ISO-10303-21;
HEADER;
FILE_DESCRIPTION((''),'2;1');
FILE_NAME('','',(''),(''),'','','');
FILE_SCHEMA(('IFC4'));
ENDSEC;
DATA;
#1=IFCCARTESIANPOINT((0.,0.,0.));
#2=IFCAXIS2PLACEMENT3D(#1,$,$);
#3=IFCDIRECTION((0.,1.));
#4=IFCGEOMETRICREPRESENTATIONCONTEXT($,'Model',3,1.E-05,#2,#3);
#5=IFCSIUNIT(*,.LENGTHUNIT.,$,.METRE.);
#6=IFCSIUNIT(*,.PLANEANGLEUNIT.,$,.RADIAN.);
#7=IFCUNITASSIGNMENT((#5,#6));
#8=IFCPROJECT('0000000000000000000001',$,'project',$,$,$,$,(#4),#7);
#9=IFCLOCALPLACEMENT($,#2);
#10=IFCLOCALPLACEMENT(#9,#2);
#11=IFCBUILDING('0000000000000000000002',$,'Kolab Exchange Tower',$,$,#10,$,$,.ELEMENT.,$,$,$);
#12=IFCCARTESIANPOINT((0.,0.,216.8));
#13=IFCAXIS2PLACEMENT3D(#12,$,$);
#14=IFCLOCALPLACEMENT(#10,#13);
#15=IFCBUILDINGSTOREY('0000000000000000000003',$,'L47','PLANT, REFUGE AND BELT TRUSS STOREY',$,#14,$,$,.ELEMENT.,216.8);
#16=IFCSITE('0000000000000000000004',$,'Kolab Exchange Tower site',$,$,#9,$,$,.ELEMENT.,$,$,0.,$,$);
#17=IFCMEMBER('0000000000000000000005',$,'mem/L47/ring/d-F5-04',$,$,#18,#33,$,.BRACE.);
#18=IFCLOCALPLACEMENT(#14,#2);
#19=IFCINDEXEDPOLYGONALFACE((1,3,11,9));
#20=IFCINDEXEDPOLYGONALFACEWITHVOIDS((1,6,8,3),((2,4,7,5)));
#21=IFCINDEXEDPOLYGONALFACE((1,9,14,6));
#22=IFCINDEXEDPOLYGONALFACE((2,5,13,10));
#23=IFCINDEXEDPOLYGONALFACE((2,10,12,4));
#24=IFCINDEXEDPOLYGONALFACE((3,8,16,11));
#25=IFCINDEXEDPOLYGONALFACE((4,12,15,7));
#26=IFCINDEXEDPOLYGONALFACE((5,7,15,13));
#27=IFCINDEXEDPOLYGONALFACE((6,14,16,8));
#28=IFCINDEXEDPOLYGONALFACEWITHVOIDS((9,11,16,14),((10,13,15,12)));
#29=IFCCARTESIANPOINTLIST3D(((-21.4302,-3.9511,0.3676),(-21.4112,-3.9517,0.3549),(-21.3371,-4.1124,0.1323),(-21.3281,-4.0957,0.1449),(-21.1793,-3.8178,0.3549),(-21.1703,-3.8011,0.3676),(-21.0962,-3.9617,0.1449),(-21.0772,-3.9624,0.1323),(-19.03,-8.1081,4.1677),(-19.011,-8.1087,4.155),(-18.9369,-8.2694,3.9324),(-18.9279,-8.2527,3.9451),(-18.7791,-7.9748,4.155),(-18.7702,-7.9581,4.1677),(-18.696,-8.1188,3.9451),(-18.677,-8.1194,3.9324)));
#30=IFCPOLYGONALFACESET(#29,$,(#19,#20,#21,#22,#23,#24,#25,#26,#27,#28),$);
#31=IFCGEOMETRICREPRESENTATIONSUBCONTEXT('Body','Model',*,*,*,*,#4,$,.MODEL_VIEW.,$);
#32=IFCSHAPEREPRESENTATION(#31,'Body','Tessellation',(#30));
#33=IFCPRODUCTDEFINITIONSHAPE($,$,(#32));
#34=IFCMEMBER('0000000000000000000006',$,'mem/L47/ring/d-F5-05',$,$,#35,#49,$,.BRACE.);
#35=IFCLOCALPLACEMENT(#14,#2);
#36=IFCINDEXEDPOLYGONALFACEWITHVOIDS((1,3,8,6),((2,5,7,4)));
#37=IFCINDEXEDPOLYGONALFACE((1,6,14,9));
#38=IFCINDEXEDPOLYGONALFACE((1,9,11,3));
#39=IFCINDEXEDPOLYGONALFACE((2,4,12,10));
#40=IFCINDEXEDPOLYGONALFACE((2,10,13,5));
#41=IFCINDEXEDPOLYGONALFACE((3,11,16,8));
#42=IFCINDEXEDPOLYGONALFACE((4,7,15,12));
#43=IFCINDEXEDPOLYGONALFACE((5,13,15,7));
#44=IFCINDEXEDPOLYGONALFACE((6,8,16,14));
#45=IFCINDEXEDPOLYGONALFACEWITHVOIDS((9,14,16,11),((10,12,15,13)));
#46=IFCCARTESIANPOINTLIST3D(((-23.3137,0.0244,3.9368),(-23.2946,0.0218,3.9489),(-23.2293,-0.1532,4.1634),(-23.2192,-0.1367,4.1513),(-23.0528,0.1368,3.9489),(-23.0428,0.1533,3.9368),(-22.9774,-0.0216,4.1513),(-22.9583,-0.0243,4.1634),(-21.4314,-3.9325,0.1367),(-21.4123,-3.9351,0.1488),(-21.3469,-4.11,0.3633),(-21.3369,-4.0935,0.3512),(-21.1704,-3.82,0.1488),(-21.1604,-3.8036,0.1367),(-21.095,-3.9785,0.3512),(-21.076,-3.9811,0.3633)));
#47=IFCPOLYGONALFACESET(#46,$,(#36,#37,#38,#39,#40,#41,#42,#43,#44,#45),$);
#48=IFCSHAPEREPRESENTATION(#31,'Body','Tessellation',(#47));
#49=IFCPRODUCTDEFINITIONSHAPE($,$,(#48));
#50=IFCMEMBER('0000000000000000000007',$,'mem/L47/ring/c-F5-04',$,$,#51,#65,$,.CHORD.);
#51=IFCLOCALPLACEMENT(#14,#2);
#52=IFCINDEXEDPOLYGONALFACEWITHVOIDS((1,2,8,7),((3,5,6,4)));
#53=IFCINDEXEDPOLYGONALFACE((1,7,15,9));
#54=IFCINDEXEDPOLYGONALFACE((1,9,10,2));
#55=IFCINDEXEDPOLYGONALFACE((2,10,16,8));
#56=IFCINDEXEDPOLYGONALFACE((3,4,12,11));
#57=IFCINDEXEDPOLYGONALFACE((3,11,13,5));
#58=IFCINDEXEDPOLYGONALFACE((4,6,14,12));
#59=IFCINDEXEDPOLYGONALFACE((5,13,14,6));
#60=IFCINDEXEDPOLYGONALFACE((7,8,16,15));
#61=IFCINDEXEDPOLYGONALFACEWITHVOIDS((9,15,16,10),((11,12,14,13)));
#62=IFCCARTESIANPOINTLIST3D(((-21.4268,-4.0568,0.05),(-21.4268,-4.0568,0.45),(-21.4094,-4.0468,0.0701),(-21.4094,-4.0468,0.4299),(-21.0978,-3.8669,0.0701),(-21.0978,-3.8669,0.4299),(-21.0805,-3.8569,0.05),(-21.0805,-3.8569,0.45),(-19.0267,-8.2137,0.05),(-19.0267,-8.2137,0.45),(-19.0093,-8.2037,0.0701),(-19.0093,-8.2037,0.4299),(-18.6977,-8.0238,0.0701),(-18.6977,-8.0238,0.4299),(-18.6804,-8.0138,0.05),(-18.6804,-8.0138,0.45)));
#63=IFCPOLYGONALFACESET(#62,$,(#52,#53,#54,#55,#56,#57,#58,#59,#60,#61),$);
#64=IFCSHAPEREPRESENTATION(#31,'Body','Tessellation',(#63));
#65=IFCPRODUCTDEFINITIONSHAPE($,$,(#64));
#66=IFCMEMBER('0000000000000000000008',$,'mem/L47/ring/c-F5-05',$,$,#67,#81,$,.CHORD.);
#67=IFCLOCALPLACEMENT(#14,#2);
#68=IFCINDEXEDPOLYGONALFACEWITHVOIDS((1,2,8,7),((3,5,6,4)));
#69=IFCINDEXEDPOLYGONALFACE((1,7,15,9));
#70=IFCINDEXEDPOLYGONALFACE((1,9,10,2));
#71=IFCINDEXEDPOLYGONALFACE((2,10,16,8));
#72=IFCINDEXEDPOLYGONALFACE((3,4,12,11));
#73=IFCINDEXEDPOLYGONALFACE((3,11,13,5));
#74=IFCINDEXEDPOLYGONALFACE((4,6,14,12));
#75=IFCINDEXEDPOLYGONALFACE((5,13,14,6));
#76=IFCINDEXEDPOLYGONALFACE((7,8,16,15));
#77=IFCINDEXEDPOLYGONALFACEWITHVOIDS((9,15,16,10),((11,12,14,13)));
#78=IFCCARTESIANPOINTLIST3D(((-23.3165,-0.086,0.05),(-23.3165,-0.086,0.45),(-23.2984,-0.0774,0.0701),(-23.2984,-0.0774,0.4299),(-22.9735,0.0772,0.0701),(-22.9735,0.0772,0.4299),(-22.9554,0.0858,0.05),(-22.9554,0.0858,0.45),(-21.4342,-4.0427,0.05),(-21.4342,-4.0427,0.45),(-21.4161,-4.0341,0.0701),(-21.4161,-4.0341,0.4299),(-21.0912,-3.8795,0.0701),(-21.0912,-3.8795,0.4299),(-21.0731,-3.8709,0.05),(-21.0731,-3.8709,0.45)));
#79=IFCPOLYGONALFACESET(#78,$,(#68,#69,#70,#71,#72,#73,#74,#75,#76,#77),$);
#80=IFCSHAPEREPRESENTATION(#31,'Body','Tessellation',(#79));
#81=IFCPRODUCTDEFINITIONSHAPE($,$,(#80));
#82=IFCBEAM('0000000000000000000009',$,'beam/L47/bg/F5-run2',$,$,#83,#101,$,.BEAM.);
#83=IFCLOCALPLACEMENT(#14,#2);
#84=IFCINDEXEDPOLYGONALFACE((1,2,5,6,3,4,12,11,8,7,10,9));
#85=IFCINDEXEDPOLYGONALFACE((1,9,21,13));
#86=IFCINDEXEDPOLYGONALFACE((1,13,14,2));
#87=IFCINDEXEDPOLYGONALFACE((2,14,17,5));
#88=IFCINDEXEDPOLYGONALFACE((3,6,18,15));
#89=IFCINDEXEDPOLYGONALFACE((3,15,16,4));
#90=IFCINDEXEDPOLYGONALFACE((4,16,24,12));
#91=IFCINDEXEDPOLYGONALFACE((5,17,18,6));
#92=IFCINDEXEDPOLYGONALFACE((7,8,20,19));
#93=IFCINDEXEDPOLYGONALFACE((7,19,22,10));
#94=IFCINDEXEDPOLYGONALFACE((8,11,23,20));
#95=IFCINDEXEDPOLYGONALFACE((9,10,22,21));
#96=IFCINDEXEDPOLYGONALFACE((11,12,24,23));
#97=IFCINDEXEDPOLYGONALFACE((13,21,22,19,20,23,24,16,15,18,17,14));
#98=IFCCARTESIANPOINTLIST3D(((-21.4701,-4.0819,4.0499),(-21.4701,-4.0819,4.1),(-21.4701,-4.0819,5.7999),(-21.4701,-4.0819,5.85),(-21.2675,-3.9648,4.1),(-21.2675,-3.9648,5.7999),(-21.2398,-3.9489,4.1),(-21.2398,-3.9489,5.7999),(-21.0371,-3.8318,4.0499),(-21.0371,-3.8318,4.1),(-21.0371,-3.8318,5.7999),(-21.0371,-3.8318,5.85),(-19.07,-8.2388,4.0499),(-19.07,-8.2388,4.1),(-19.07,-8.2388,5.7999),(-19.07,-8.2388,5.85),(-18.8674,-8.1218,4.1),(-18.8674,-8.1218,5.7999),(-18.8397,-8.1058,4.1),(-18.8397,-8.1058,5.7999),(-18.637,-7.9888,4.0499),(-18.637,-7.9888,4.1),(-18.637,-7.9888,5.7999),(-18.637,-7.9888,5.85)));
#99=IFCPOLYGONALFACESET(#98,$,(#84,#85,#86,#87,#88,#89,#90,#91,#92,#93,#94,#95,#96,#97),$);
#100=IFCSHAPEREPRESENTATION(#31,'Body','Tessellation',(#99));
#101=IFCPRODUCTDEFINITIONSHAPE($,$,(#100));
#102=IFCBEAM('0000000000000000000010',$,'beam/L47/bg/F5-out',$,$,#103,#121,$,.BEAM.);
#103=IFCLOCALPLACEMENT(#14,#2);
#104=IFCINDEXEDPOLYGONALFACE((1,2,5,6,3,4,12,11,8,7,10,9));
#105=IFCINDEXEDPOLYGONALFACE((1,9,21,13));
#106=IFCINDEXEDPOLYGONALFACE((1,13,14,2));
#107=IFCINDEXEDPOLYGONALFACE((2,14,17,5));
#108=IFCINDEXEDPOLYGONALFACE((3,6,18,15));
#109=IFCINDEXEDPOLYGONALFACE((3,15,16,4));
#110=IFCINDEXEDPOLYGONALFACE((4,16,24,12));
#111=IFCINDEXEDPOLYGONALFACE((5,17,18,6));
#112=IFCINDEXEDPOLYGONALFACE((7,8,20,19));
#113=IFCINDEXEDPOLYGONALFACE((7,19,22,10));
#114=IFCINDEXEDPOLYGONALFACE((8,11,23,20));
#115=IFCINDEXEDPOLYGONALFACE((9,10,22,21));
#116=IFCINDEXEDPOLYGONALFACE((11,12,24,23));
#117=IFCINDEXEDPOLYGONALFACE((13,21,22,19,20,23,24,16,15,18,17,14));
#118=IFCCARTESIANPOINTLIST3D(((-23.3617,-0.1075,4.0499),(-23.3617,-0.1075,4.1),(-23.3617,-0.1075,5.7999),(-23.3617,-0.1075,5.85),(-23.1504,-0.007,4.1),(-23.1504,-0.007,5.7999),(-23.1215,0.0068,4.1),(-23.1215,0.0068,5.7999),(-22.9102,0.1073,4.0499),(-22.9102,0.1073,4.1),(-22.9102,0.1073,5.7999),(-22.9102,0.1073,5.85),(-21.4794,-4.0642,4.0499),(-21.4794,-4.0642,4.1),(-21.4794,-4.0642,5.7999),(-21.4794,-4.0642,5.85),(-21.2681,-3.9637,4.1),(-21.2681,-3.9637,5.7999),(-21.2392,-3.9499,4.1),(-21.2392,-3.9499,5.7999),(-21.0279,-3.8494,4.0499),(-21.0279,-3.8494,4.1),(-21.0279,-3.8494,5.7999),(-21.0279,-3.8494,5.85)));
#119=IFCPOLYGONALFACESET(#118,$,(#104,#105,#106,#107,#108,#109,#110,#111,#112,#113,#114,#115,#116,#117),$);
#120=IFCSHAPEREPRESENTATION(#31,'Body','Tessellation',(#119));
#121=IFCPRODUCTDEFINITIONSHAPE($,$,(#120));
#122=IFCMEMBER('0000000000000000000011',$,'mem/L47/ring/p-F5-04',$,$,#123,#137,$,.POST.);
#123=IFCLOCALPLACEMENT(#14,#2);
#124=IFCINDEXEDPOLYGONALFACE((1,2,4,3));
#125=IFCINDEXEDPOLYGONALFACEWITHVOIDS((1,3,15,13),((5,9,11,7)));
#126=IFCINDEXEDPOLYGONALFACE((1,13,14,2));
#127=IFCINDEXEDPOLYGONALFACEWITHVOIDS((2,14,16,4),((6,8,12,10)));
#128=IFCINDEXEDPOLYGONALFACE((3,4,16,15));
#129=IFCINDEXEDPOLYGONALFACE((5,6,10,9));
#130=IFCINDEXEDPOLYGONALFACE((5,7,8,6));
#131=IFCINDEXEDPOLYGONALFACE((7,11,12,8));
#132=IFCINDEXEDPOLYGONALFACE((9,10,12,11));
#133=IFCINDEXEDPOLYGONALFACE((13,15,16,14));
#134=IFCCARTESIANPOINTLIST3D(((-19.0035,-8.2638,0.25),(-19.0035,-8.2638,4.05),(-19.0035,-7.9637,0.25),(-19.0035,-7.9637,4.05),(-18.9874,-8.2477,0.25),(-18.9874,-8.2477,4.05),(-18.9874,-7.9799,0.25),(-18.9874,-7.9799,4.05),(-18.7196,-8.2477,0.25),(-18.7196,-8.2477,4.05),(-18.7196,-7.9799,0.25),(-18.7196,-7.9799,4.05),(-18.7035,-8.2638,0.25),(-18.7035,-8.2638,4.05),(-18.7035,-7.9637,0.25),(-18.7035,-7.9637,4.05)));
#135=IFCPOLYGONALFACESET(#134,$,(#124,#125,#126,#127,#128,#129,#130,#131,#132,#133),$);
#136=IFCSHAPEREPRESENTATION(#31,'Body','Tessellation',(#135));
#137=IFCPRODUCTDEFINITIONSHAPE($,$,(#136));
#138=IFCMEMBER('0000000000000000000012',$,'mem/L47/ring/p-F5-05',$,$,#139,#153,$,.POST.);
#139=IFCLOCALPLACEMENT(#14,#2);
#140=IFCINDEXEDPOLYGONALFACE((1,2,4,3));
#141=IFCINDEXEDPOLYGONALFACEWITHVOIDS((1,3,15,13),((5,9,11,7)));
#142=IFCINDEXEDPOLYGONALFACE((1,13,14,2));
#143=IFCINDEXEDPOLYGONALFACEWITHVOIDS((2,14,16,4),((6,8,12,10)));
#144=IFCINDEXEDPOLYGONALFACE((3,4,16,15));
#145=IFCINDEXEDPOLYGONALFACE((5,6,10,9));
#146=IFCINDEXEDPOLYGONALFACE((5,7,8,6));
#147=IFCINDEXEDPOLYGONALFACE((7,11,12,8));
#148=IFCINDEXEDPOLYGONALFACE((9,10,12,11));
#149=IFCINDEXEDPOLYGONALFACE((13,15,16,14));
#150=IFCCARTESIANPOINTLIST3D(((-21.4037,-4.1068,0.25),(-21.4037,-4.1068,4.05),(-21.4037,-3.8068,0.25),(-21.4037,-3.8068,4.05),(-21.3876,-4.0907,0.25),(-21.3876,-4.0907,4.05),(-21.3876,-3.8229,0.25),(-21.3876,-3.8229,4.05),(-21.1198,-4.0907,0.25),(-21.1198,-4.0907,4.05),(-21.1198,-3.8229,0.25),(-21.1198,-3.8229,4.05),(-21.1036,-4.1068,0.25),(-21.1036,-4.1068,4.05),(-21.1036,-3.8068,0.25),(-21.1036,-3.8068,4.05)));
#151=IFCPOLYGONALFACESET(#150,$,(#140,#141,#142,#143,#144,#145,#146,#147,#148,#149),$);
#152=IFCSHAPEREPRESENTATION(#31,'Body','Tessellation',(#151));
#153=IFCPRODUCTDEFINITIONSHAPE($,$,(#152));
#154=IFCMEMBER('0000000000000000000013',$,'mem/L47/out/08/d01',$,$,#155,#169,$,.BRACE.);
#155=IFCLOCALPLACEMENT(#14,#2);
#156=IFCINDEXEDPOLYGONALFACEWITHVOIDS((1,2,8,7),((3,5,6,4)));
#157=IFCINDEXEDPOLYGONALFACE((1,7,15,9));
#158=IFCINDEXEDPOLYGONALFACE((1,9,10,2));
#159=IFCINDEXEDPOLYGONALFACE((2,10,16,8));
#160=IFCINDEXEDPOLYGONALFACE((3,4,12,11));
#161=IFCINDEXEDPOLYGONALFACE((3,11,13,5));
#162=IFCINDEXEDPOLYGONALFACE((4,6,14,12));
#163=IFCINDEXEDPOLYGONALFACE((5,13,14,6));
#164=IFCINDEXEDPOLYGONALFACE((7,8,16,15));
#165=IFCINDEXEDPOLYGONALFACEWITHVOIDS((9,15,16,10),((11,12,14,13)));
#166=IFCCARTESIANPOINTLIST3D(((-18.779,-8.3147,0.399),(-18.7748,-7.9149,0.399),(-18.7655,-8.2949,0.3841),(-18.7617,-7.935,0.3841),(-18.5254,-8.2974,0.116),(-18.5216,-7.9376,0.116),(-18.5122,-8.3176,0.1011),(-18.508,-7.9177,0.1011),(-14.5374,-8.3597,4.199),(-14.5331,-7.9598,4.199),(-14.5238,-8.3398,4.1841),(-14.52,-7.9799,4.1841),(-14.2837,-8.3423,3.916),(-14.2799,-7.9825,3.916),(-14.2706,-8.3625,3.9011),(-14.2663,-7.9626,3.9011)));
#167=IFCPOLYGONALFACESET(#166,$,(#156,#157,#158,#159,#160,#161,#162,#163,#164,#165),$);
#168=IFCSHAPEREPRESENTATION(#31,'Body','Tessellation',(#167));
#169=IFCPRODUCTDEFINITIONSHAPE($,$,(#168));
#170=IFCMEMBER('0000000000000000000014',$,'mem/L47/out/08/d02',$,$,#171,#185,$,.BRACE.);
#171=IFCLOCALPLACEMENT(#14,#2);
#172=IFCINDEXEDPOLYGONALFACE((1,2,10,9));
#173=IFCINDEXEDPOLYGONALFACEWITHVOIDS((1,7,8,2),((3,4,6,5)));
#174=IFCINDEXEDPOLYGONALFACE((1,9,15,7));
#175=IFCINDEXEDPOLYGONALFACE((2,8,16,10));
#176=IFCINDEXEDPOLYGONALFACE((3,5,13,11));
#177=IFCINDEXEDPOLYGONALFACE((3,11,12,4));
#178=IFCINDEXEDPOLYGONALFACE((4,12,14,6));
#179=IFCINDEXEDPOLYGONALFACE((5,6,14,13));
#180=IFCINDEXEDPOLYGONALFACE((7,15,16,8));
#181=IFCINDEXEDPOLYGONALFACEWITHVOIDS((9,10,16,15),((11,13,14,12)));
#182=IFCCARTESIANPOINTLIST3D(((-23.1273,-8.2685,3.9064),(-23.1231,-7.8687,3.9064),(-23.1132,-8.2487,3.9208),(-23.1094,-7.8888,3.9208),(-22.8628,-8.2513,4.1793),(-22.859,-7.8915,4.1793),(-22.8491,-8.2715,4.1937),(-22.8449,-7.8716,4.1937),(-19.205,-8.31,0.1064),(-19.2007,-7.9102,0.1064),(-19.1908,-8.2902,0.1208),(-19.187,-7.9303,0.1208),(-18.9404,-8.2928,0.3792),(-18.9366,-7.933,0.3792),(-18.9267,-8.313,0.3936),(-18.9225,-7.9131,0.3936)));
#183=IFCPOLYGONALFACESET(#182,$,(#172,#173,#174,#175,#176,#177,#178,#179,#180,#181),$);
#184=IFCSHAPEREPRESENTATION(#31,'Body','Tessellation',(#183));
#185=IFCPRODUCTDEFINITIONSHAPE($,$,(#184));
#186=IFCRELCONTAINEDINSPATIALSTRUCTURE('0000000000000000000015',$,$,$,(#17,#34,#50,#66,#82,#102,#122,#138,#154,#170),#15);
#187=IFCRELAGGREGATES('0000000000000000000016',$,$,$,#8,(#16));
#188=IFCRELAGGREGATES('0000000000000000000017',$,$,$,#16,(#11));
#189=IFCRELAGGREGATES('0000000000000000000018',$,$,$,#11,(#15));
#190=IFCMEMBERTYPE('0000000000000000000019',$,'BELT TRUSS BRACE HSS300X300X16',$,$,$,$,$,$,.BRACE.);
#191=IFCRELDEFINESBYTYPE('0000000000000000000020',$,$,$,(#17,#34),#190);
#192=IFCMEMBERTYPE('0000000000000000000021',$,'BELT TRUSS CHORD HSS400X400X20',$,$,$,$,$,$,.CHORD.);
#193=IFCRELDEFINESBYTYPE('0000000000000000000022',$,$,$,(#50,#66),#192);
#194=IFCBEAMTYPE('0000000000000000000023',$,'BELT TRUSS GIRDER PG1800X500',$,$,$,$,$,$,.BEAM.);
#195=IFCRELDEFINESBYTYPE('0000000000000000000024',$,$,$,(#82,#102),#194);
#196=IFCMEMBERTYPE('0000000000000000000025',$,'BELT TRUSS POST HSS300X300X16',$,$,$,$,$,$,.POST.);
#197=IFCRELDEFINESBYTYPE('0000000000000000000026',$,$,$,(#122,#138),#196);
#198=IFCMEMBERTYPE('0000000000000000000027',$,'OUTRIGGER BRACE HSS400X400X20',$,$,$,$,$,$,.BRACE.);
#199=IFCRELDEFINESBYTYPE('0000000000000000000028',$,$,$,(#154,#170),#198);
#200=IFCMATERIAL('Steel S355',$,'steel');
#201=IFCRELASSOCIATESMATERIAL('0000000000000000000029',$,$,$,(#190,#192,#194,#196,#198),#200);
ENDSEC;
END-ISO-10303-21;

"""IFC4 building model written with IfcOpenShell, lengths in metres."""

from ifc_helpers import new_model, si_unit, direction, frame, origin, origin_2d, place, context, subcontext, project, spatial, hollow_rectangle, i_section, extrude, material, material_profile, profile_set, type_object, element, save


model = new_model("IFC4")

# Units and contexts
model_context = context("Model", 3, precision=1e-05, world=origin(), true_north=direction((0.0, 1.0)))
body_context = subcontext(model_context, "Body", "Model", "MODEL_VIEW")
ifc_project = project(units=[si_unit("LENGTHUNIT", "METRE"), si_unit("PLANEANGLEUNIT", "RADIAN")], contexts=[model_context])

# Site, building, storey
site_placement = place(None, origin())
site = spatial("IfcSite", under=ifc_project, at=site_placement, Name="Kolab Exchange Tower site", CompositionType="ELEMENT", RefElevation=0.0)
building_placement = place(site_placement, origin())
building = spatial("IfcBuilding", under=site, at=building_placement, Name="Kolab Exchange Tower", CompositionType="ELEMENT")
storey_placement = place(building_placement, frame((0.0, 0.0, 216.8)))
storey = spatial("IfcBuildingStorey", under=building, at=storey_placement, Name="L47", Description="PLANT, REFUGE AND BELT TRUSS STOREY", CompositionType="ELEMENT", Elevation=216.8)

# Members
ifc_material_1 = material(Name="Steel S355", Category="steel")
ifc_material_profile_1 = material_profile(ifc_material_1, hollow_rectangle(XDim=0.3, YDim=0.3, WallThickness=0.0161, at=origin_2d()), Name="HSS300X300X16")
ifc_profile_set_1 = profile_set([ifc_material_profile_1], Name="Steel S355")
member_type_1 = type_object("IfcMemberType", Name="BELT TRUSS BRACE HSS300X300X16", PredefinedType="BRACE", material=ifc_profile_set_1)
member_1_placement = place(storey_placement, frame((-18.8535, -8.1138, 4.05), z_axis=(-0.392039, 0.678999, -0.620698), x_axis=(-0.866015, -0.500017, 0.0)))
element("IfcMember", 1, at=member_1_placement, inside=storey, type_object=member_type_1, Name="mem/L47/ring/d-F5-04", PredefinedType="BRACE", context=body_context, shape_type="SweptSolid", body=[
    extrude(hollow_rectangle(XDim=0.3, YDim=0.3, WallThickness=0.0161, at=origin_2d()), origin(), (0.0, 0.0, 1.0), 6.1223),
])
member_2_placement = place(storey_placement, frame((-21.2537, -3.9568, 0.25), z_axis=(-0.32454, 0.682208, 0.655184), x_axis=(-0.903025, -0.429587, 0.0)))
element("IfcMember", 2, at=member_2_placement, inside=storey, type_object=member_type_1, Name="mem/L47/ring/d-F5-05", PredefinedType="BRACE", context=body_context, shape_type="SweptSolid", body=[
    extrude(hollow_rectangle(XDim=0.3, YDim=0.3, WallThickness=0.0161, at=origin_2d()), origin(), (0.0, 0.0, 1.0), 5.8),
])
ifc_material_profile_2 = material_profile(ifc_material_1, hollow_rectangle(XDim=0.3999, YDim=0.3999, WallThickness=0.02, at=origin_2d()), Name="HSS400X400X20")
ifc_profile_set_2 = profile_set([ifc_material_profile_2], Name="Steel S355")
member_type_2 = type_object("IfcMemberType", Name="BELT TRUSS CHORD HSS400X400X20", PredefinedType="CHORD", material=ifc_profile_set_2)
member_3_placement = place(storey_placement, frame((-18.8535, -8.1138, 0.25), z_axis=(-0.500017, 0.866015, 0.0), x_axis=(-0.866015, -0.500017, 0.0)))
element("IfcMember", 3, at=member_3_placement, inside=storey, type_object=member_type_2, Name="mem/L47/ring/c-F5-04", PredefinedType="CHORD", context=body_context, shape_type="SweptSolid", body=[
    extrude(hollow_rectangle(XDim=0.3999, YDim=0.3999, WallThickness=0.02, at=origin_2d()), origin(), (0.0, 0.0, 1.0), 4.8),
])
member_4_placement = place(storey_placement, frame((-21.2537, -3.9568, 0.25), z_axis=(-0.429587, 0.903025, 0.0), x_axis=(-0.903025, -0.429587, 0.0)))
element("IfcMember", 4, at=member_4_placement, inside=storey, type_object=member_type_2, Name="mem/L47/ring/c-F5-05", PredefinedType="CHORD", context=body_context, shape_type="SweptSolid", body=[
    extrude(hollow_rectangle(XDim=0.3999, YDim=0.3999, WallThickness=0.02, at=origin_2d()), origin(), (0.0, 0.0, 1.0), 4.3816),
])

# Beams
ifc_material_profile_3 = material_profile(ifc_material_1, i_section(OverallWidth=0.5, OverallDepth=1.8, WebThickness=0.032, FlangeThickness=0.05, at=origin_2d()), Name="PG1800X500")
ifc_profile_set_3 = profile_set([ifc_material_profile_3], Name="Steel S355")
beam_type_1 = type_object("IfcBeamType", Name="BELT TRUSS GIRDER PG1800X500", PredefinedType="BEAM", material=ifc_profile_set_3)
beam_1_placement = place(storey_placement, frame((-18.8535, -8.1138, 4.95), z_axis=(-0.500017, 0.866015, 0.0), x_axis=(-0.866015, -0.500017, 0.0)))
element("IfcBeam", 5, at=beam_1_placement, inside=storey, type_object=beam_type_1, Name="beam/L47/bg/F5-run2", PredefinedType="BEAM", context=body_context, shape_type="SweptSolid", body=[
    extrude(i_section(OverallWidth=0.5, OverallDepth=1.8, WebThickness=0.032, FlangeThickness=0.05, at=origin_2d()), origin(), (0.0, 0.0, 1.0), 4.8),
])
beam_2_placement = place(storey_placement, frame((-21.2537, -3.9568, 4.95), z_axis=(-0.429587, 0.903025, 0.0), x_axis=(-0.903025, -0.429587, 0.0)))
element("IfcBeam", 6, at=beam_2_placement, inside=storey, type_object=beam_type_1, Name="beam/L47/bg/F5-out", PredefinedType="BEAM", context=body_context, shape_type="SweptSolid", body=[
    extrude(i_section(OverallWidth=0.5, OverallDepth=1.8, WebThickness=0.032, FlangeThickness=0.05, at=origin_2d()), origin(), (0.0, 0.0, 1.0), 4.3816),
])

# Members
ifc_material_profile_4 = material_profile(ifc_material_1, hollow_rectangle(XDim=0.3, YDim=0.3, WallThickness=0.0161, at=origin_2d()), Name="HSS300X300X16")
ifc_profile_set_4 = profile_set([ifc_material_profile_4], Name="Steel S355")
member_type_3 = type_object("IfcMemberType", Name="BELT TRUSS POST HSS300X300X16", PredefinedType="POST", material=ifc_profile_set_4)
for number, where, z_axis, x_axis, name in (
    (7, (-18.8535, -8.1138, 0.25), (0.0, 0.0, 1.0), (1.0, 0.0, 0.0), "mem/L47/ring/p-F5-04"),
    (8, (-21.2537, -3.9568, 0.25), (0.0, 0.0, 1.0), (1.0, 0.0, 0.0), "mem/L47/ring/p-F5-05"),
):
    element("IfcMember", number, at=place(storey_placement, frame(where, z_axis=z_axis, x_axis=x_axis)), inside=storey, type_object=member_type_3, Name=name, PredefinedType="POST", context=body_context, shape_type="SweptSolid", body=[
        extrude(hollow_rectangle(XDim=0.3, YDim=0.3, WallThickness=0.0161, at=origin_2d()), origin(), (0.0, 0.0, 1.0), 3.8),
    ])
ifc_material_profile_5 = material_profile(ifc_material_1, hollow_rectangle(XDim=0.3999, YDim=0.3999, WallThickness=0.02, at=origin_2d()), Name="HSS400X400X20")
ifc_profile_set_5 = profile_set([ifc_material_profile_5], Name="Steel S355")
member_type_4 = type_object("IfcMemberType", Name="OUTRIGGER BRACE HSS400X400X20", PredefinedType="BRACE", material=ifc_profile_set_5)
member_5_placement = place(storey_placement, frame((-14.4019, -8.1611, 4.05), z_axis=(-0.744795, 0.007888, -0.667246), x_axis=(-0.01059, -0.999944, 0.0)))
element("IfcMember", 9, at=member_5_placement, inside=storey, type_object=member_type_4, Name="mem/L47/out/08/d01", PredefinedType="BRACE", context=body_context, shape_type="SweptSolid", body=[
    extrude(hollow_rectangle(XDim=0.3999, YDim=0.3999, WallThickness=0.02, at=origin_2d()), origin(), (0.0, 0.0, 1.0), 5.6951),
])
member_6_placement = place(storey_placement, frame((-19.0637, -8.1116, 0.25), z_axis=(-0.718196, 0.007599, 0.6958), x_axis=(-0.010581, -0.999944, 0.0)))
element("IfcMember", 10, at=member_6_placement, inside=storey, type_object=member_type_4, Name="mem/L47/out/08/d02", PredefinedType="BRACE", context=body_context, shape_type="SweptSolid", body=[
    extrude(hollow_rectangle(XDim=0.3999, YDim=0.3999, WallThickness=0.02, at=origin_2d()), origin(), (0.0, 0.0, 1.0), 5.4614),
])

save(model, "model.ifc")
